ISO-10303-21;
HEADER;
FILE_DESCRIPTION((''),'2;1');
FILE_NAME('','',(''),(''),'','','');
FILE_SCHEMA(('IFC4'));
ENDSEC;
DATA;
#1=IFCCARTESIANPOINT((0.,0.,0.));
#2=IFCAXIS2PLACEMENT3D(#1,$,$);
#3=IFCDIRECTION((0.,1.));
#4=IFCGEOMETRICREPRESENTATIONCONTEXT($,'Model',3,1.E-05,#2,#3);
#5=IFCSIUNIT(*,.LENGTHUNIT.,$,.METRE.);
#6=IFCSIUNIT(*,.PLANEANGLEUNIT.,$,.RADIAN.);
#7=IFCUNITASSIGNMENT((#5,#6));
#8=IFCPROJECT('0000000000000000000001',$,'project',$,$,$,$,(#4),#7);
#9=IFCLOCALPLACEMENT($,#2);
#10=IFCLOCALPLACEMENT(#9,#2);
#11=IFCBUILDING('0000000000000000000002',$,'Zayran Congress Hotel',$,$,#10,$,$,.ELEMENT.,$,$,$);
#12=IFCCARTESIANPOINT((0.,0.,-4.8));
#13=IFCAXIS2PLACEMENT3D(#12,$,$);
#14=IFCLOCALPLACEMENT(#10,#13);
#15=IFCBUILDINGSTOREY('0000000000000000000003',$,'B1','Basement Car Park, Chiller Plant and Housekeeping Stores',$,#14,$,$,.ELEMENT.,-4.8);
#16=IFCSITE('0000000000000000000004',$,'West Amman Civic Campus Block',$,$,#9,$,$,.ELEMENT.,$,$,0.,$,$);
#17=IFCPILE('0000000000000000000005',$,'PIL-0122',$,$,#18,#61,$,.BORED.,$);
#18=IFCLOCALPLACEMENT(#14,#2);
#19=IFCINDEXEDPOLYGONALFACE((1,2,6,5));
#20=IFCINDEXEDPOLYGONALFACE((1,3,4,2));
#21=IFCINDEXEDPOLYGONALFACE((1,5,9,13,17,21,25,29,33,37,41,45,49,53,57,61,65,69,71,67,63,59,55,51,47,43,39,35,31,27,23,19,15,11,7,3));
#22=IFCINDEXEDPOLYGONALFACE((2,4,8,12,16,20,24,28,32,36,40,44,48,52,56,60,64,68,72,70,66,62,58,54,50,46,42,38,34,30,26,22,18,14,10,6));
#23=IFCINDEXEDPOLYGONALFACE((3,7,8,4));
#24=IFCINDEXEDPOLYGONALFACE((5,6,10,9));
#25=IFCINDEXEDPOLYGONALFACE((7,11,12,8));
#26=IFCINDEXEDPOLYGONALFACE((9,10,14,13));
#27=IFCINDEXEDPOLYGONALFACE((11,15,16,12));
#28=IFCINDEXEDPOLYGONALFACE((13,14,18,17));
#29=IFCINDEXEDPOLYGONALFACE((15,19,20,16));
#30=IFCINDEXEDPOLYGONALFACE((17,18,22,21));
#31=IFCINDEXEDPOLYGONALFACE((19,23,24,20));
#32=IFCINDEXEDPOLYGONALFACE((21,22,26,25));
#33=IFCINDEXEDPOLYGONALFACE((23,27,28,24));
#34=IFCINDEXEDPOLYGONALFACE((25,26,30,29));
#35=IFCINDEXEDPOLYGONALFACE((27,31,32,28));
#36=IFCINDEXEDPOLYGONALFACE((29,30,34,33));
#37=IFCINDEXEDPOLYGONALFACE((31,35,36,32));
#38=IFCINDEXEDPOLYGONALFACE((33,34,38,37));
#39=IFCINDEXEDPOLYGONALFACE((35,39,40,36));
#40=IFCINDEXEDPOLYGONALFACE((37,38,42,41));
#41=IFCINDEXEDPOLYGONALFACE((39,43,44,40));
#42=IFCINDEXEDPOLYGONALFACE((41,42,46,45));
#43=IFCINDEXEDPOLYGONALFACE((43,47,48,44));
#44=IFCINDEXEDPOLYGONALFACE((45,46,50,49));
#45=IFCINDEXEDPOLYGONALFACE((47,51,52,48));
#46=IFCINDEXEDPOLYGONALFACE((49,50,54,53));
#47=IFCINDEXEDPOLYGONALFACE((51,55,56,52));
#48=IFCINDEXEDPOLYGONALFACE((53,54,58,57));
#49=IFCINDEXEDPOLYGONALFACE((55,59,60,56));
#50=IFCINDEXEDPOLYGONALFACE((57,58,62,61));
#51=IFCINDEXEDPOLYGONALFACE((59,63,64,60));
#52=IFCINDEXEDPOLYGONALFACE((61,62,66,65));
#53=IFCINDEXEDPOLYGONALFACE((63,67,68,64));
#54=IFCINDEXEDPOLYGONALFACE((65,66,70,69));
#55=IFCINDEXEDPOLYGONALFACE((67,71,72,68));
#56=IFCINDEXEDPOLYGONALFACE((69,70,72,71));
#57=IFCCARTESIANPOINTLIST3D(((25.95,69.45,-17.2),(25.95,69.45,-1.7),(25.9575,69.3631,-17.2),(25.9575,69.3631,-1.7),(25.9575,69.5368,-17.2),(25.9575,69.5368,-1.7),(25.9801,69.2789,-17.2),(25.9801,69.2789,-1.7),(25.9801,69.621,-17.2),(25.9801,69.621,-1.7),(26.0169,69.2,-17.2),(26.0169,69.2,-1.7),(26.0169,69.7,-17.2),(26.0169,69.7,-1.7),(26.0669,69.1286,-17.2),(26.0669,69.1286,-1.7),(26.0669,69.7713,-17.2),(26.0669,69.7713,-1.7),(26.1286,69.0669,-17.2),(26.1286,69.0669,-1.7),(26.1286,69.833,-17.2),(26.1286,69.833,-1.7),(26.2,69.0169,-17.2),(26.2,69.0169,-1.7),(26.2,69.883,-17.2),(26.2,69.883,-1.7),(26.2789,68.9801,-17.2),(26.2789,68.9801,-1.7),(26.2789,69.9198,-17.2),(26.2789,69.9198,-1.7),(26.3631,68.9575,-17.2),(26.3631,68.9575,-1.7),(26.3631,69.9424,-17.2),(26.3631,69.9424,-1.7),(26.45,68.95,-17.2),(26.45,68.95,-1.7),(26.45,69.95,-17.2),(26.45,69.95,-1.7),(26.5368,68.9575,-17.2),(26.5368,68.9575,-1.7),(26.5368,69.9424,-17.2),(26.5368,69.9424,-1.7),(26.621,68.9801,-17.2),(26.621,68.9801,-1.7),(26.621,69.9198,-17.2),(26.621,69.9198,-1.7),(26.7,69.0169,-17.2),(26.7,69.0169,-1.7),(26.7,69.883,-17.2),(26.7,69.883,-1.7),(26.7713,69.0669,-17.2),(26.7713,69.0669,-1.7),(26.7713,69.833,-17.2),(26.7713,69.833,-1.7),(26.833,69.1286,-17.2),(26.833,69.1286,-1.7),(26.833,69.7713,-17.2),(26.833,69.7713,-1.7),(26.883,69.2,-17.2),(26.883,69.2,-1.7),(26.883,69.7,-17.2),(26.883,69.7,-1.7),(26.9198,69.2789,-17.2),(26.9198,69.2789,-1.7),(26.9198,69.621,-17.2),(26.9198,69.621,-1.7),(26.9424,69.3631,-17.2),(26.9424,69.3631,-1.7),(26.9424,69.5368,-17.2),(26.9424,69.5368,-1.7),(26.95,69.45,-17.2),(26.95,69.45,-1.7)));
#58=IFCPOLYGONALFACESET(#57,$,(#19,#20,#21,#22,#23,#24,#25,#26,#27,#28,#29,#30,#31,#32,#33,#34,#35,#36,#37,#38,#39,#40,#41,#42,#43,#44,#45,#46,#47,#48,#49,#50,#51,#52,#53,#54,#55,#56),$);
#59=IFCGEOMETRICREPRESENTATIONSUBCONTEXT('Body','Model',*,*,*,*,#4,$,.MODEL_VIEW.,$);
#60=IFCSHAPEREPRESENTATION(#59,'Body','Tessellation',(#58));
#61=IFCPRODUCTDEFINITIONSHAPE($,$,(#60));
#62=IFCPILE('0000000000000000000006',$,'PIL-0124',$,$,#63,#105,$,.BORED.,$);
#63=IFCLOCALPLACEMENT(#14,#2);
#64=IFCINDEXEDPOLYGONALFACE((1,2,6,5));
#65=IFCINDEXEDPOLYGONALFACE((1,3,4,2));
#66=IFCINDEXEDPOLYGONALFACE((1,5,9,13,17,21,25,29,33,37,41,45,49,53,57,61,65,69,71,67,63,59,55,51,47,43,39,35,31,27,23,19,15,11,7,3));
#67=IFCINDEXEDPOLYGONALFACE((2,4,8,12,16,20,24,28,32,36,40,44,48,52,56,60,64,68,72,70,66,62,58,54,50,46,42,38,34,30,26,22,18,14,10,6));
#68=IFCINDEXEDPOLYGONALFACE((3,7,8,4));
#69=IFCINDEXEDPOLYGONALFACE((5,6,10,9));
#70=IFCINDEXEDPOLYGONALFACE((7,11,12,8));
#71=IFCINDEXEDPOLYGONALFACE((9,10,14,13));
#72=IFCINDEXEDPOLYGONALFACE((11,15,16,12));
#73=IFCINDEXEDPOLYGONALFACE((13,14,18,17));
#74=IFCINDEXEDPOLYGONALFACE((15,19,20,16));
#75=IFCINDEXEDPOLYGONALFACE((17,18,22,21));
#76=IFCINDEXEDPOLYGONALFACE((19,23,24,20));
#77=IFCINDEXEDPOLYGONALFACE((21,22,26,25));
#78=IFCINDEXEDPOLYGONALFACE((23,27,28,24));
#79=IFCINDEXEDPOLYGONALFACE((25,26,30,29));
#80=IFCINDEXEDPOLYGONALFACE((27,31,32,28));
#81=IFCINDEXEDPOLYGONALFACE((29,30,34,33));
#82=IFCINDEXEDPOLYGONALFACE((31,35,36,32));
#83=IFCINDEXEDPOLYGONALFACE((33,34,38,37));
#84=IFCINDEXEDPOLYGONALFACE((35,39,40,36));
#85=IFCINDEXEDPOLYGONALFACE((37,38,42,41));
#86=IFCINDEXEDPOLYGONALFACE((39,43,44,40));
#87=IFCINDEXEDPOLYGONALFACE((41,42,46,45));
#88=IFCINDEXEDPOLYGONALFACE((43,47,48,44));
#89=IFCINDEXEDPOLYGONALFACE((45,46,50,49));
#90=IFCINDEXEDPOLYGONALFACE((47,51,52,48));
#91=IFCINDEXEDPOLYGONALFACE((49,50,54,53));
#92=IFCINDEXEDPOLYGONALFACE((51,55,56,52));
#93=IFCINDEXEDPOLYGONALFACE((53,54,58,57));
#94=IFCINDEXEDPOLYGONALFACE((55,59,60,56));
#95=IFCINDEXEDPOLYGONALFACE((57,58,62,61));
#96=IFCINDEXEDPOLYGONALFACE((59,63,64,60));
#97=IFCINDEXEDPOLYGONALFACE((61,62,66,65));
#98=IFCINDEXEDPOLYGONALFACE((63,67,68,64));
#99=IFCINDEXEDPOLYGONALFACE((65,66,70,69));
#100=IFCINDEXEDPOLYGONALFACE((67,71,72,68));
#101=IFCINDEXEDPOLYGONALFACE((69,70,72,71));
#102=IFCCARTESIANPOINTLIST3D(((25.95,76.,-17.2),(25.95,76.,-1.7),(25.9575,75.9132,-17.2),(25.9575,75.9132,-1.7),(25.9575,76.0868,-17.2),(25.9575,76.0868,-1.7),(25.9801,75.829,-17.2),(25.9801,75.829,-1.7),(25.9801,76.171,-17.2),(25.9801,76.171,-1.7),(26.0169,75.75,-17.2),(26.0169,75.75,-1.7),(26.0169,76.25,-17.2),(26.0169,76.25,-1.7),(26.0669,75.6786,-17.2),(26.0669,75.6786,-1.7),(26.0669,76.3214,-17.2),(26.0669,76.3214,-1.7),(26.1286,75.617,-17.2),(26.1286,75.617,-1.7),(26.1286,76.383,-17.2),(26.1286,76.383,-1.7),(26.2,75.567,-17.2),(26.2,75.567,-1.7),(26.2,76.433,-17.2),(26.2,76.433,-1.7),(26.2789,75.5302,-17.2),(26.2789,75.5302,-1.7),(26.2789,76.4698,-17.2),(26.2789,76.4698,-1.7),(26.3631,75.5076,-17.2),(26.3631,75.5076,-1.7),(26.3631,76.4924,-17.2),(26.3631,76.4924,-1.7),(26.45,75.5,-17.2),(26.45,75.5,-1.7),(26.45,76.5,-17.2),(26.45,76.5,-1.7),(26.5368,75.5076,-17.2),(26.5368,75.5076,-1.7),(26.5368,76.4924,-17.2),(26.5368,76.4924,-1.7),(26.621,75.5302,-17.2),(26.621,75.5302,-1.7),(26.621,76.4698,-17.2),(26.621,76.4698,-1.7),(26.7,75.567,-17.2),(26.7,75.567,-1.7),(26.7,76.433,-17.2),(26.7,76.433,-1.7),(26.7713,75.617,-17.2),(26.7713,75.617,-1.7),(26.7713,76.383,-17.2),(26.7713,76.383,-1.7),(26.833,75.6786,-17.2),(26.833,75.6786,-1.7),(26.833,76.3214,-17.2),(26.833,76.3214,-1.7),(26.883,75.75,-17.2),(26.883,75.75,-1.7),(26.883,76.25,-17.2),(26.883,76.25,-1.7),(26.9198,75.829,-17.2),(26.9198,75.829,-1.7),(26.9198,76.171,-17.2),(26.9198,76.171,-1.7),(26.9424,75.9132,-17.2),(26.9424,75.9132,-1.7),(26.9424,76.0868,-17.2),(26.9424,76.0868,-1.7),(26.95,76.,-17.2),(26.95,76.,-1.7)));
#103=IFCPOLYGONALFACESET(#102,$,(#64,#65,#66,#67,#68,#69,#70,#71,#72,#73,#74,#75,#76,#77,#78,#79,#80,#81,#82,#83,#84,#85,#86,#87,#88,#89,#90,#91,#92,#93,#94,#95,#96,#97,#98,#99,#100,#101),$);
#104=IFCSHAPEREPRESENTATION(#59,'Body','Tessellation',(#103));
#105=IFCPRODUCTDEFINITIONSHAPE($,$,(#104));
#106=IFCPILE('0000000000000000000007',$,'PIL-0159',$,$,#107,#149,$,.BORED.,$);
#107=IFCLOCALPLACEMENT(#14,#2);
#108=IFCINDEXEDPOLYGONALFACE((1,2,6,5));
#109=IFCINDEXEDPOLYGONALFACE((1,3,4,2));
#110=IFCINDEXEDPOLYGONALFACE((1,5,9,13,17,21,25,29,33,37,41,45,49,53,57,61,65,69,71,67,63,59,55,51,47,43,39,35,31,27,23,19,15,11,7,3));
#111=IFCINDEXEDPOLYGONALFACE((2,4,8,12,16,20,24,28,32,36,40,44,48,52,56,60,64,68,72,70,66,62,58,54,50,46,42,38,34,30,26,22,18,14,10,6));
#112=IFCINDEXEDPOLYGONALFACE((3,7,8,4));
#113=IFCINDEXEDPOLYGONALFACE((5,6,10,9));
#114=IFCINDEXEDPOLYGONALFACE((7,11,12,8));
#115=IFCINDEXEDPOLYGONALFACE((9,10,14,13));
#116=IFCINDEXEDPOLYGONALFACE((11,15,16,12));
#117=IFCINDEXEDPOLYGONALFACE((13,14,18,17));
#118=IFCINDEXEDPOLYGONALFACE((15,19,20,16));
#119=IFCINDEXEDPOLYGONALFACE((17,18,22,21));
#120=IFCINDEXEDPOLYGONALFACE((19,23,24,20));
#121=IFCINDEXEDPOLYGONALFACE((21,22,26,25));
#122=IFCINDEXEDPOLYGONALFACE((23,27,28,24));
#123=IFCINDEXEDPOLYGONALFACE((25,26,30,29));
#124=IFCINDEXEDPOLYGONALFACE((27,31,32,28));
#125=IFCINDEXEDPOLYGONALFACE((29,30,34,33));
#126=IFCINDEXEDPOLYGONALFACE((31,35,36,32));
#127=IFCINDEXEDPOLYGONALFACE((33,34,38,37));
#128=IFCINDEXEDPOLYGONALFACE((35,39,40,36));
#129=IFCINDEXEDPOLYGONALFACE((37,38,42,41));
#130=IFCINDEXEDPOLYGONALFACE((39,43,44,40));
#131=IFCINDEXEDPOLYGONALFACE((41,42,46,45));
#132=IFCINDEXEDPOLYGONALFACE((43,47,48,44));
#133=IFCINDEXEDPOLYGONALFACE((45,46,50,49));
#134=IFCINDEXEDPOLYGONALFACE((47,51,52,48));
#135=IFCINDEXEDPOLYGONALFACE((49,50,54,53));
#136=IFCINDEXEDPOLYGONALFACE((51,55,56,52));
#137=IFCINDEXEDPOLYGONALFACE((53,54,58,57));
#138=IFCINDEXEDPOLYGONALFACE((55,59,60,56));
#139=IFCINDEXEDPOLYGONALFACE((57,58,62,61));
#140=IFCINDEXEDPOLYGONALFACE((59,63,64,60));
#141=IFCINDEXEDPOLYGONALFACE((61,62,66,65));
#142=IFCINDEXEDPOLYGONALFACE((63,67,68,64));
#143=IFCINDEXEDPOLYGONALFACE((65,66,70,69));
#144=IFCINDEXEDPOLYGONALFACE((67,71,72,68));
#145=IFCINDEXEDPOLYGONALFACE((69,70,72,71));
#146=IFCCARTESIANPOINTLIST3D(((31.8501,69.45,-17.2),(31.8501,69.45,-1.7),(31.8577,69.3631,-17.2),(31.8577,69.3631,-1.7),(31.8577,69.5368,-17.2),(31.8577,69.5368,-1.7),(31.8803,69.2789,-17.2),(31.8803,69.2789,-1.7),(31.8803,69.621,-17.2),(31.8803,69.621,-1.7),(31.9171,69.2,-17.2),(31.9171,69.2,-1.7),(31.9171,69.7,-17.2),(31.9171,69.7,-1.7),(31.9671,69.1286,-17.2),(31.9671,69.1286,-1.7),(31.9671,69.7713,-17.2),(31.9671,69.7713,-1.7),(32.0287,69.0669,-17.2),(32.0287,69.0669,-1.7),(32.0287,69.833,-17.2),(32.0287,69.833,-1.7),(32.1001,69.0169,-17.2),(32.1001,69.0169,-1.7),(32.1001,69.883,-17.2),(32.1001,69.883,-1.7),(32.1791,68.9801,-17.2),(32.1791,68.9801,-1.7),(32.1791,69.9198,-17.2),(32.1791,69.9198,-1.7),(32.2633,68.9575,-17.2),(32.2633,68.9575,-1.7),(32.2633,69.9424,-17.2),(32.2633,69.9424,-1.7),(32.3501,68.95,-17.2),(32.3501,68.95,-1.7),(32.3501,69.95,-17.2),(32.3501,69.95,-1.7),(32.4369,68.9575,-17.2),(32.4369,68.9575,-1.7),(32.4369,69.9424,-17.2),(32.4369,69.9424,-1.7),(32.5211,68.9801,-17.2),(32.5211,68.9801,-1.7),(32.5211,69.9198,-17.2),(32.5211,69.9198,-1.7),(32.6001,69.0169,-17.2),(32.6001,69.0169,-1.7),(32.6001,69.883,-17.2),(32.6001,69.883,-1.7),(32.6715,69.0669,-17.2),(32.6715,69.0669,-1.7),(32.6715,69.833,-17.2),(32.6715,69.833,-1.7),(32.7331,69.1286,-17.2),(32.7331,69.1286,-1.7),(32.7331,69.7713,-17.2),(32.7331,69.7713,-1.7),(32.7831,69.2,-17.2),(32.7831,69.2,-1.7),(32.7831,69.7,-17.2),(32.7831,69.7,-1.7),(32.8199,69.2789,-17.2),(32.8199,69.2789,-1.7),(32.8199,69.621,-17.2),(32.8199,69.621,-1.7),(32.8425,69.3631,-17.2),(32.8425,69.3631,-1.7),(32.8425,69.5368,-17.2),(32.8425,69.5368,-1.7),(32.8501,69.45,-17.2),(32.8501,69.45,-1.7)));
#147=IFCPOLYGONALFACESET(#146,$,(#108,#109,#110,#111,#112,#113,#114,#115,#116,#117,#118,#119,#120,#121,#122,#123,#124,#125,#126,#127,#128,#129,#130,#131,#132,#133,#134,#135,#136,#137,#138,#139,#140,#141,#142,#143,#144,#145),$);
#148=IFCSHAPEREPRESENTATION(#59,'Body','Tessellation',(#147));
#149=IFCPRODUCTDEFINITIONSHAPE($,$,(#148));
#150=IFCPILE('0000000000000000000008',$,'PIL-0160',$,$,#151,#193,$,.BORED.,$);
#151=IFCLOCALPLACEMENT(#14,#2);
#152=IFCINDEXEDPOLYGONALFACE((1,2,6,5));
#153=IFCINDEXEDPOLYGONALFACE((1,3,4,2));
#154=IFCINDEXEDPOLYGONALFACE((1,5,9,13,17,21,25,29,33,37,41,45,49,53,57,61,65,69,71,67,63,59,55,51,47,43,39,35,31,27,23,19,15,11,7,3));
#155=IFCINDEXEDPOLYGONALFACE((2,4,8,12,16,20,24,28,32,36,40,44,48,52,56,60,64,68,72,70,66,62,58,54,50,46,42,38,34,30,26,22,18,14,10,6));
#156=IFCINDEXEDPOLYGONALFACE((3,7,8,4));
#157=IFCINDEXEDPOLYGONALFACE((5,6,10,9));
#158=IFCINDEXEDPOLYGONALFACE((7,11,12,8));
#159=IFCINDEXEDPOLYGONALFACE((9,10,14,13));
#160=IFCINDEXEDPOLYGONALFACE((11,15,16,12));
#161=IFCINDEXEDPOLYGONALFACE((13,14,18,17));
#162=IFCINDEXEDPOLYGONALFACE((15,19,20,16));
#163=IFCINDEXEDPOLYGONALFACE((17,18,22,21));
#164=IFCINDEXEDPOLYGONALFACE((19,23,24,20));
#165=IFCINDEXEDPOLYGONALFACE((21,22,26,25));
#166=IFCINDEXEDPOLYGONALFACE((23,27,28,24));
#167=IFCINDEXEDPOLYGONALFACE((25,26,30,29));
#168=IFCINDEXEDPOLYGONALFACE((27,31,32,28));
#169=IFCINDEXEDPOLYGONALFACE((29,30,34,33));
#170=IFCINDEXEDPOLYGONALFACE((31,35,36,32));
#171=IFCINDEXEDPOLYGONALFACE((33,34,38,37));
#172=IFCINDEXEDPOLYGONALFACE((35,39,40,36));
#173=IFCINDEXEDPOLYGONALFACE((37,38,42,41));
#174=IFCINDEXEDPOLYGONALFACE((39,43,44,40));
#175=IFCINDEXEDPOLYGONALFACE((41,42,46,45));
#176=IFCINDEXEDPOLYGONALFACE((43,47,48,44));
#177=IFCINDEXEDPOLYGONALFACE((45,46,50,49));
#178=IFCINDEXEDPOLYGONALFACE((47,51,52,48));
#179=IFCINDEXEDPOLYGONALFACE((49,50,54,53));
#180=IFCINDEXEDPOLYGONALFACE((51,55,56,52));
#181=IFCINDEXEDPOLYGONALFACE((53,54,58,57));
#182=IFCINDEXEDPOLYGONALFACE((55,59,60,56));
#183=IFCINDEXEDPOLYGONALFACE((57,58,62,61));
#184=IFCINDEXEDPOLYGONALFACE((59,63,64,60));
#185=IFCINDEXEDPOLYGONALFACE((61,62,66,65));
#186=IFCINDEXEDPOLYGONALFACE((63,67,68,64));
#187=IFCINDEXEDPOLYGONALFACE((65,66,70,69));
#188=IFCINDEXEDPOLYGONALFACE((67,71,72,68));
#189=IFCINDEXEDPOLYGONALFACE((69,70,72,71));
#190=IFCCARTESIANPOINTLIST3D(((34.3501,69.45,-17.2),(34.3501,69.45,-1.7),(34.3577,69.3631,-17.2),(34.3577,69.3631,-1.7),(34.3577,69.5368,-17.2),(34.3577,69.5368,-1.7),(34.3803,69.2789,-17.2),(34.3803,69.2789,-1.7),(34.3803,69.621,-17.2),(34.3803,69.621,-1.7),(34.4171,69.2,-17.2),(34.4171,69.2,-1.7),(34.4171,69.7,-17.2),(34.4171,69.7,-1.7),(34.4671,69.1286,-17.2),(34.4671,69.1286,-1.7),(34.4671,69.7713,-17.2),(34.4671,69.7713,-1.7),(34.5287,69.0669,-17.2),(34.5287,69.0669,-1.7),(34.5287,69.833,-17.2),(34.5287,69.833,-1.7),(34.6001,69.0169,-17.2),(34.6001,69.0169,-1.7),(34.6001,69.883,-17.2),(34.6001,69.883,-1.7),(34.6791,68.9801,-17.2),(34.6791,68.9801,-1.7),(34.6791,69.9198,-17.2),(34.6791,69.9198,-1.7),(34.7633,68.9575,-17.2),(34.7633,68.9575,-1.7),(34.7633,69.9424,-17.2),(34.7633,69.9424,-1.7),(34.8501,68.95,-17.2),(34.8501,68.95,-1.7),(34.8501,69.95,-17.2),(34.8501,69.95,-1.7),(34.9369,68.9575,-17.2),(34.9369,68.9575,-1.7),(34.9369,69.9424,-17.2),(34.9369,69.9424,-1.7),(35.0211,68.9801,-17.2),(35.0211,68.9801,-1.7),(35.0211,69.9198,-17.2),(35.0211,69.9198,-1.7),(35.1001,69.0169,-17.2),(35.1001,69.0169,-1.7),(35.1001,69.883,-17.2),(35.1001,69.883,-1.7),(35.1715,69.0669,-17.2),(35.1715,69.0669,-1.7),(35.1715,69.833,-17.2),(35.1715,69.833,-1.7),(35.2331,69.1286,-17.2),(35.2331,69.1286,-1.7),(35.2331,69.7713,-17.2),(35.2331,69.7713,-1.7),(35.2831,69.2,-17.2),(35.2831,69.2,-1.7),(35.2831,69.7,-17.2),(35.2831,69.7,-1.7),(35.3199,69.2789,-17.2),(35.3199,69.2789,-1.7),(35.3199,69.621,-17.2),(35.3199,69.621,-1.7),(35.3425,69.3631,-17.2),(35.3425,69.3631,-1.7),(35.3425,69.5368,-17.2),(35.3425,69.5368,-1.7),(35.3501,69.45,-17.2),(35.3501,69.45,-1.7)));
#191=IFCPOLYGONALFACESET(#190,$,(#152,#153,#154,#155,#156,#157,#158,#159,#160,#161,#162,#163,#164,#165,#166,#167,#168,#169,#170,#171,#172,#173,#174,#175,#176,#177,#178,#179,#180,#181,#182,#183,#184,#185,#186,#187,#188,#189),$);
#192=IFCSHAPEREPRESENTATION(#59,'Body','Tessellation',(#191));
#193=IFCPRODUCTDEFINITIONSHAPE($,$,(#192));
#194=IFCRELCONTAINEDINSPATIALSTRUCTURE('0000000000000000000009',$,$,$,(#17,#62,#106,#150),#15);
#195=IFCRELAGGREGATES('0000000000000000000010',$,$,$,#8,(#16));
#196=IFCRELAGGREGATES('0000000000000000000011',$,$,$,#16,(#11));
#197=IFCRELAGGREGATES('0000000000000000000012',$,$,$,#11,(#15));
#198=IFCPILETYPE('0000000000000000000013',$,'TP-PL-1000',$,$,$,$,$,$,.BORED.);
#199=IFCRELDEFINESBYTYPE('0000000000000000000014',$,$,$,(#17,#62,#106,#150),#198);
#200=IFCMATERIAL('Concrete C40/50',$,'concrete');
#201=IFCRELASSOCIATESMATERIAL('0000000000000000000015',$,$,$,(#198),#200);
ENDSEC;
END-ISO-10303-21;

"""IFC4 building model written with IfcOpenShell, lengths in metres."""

from ifc_helpers import new_model, si_unit, direction, frame, origin, origin_2d, place, context, subcontext, project, spatial, circle, extrude, material, material_profile, profile_set, type_object, element, save


model = new_model("IFC4")

# Units and contexts
model_context = context("Model", 3, precision=1e-05, world=origin(), true_north=direction((0.0, 1.0)))
body_context = subcontext(model_context, "Body", "Model", "MODEL_VIEW")
ifc_project = project(units=[si_unit("LENGTHUNIT", "METRE"), si_unit("PLANEANGLEUNIT", "RADIAN")], contexts=[model_context])

# Site, building, storey
site_placement = place(None, origin())
site = spatial("IfcSite", under=ifc_project, at=site_placement, Name="West Amman Civic Campus Block", CompositionType="ELEMENT", RefElevation=0.0)
building_placement = place(site_placement, origin())
building = spatial("IfcBuilding", under=site, at=building_placement, Name="Zayran Congress Hotel", CompositionType="ELEMENT")
storey_placement = place(building_placement, frame((0.0, 0.0, -4.8)))
storey = spatial("IfcBuildingStorey", under=building, at=storey_placement, Name="B1", Description="Basement Car Park, Chiller Plant and Housekeeping Stores", CompositionType="ELEMENT", Elevation=-4.8)

# Piles
ifc_material = material(Name="Concrete C40/50", Category="concrete")
ifc_material_profile_1 = material_profile(ifc_material, circle(Radius=0.5, at=origin_2d()), Name="PILE D1000")
ifc_profile_set_1 = profile_set([ifc_material_profile_1], Name="Concrete C40/50")
pile_type = type_object("IfcPileType", Name="TP-PL-1000", PredefinedType="BORED", material=ifc_profile_set_1)
for number, where, z_axis, x_axis, name in (
    (1, (26.45, 69.45, -1.7), (0.0, 0.0, -1.0), (1.0, 0.0, 0.0), "PIL-0122"),
    (2, (26.45, 76.0, -1.7), (0.0, 0.0, -1.0), (1.0, 0.0, 0.0), "PIL-0124"),
    (3, (32.3501, 69.45, -1.7), (0.0, 0.0, -1.0), (1.0, 0.0, 0.0), "PIL-0159"),
    (4, (34.8501, 69.45, -1.7), (0.0, 0.0, -1.0), (1.0, 0.0, 0.0), "PIL-0160"),
):
    element("IfcPile", number, at=place(storey_placement, frame(where, z_axis=z_axis, x_axis=x_axis)), inside=storey, type_object=pile_type, Name=name, PredefinedType="BORED", context=body_context, shape_type="SweptSolid", body=[
        extrude(circle(Radius=0.5, at=origin_2d()), origin(), (0.0, 0.0, 1.0), 15.5),
    ])

save(model, "model.ifc")
